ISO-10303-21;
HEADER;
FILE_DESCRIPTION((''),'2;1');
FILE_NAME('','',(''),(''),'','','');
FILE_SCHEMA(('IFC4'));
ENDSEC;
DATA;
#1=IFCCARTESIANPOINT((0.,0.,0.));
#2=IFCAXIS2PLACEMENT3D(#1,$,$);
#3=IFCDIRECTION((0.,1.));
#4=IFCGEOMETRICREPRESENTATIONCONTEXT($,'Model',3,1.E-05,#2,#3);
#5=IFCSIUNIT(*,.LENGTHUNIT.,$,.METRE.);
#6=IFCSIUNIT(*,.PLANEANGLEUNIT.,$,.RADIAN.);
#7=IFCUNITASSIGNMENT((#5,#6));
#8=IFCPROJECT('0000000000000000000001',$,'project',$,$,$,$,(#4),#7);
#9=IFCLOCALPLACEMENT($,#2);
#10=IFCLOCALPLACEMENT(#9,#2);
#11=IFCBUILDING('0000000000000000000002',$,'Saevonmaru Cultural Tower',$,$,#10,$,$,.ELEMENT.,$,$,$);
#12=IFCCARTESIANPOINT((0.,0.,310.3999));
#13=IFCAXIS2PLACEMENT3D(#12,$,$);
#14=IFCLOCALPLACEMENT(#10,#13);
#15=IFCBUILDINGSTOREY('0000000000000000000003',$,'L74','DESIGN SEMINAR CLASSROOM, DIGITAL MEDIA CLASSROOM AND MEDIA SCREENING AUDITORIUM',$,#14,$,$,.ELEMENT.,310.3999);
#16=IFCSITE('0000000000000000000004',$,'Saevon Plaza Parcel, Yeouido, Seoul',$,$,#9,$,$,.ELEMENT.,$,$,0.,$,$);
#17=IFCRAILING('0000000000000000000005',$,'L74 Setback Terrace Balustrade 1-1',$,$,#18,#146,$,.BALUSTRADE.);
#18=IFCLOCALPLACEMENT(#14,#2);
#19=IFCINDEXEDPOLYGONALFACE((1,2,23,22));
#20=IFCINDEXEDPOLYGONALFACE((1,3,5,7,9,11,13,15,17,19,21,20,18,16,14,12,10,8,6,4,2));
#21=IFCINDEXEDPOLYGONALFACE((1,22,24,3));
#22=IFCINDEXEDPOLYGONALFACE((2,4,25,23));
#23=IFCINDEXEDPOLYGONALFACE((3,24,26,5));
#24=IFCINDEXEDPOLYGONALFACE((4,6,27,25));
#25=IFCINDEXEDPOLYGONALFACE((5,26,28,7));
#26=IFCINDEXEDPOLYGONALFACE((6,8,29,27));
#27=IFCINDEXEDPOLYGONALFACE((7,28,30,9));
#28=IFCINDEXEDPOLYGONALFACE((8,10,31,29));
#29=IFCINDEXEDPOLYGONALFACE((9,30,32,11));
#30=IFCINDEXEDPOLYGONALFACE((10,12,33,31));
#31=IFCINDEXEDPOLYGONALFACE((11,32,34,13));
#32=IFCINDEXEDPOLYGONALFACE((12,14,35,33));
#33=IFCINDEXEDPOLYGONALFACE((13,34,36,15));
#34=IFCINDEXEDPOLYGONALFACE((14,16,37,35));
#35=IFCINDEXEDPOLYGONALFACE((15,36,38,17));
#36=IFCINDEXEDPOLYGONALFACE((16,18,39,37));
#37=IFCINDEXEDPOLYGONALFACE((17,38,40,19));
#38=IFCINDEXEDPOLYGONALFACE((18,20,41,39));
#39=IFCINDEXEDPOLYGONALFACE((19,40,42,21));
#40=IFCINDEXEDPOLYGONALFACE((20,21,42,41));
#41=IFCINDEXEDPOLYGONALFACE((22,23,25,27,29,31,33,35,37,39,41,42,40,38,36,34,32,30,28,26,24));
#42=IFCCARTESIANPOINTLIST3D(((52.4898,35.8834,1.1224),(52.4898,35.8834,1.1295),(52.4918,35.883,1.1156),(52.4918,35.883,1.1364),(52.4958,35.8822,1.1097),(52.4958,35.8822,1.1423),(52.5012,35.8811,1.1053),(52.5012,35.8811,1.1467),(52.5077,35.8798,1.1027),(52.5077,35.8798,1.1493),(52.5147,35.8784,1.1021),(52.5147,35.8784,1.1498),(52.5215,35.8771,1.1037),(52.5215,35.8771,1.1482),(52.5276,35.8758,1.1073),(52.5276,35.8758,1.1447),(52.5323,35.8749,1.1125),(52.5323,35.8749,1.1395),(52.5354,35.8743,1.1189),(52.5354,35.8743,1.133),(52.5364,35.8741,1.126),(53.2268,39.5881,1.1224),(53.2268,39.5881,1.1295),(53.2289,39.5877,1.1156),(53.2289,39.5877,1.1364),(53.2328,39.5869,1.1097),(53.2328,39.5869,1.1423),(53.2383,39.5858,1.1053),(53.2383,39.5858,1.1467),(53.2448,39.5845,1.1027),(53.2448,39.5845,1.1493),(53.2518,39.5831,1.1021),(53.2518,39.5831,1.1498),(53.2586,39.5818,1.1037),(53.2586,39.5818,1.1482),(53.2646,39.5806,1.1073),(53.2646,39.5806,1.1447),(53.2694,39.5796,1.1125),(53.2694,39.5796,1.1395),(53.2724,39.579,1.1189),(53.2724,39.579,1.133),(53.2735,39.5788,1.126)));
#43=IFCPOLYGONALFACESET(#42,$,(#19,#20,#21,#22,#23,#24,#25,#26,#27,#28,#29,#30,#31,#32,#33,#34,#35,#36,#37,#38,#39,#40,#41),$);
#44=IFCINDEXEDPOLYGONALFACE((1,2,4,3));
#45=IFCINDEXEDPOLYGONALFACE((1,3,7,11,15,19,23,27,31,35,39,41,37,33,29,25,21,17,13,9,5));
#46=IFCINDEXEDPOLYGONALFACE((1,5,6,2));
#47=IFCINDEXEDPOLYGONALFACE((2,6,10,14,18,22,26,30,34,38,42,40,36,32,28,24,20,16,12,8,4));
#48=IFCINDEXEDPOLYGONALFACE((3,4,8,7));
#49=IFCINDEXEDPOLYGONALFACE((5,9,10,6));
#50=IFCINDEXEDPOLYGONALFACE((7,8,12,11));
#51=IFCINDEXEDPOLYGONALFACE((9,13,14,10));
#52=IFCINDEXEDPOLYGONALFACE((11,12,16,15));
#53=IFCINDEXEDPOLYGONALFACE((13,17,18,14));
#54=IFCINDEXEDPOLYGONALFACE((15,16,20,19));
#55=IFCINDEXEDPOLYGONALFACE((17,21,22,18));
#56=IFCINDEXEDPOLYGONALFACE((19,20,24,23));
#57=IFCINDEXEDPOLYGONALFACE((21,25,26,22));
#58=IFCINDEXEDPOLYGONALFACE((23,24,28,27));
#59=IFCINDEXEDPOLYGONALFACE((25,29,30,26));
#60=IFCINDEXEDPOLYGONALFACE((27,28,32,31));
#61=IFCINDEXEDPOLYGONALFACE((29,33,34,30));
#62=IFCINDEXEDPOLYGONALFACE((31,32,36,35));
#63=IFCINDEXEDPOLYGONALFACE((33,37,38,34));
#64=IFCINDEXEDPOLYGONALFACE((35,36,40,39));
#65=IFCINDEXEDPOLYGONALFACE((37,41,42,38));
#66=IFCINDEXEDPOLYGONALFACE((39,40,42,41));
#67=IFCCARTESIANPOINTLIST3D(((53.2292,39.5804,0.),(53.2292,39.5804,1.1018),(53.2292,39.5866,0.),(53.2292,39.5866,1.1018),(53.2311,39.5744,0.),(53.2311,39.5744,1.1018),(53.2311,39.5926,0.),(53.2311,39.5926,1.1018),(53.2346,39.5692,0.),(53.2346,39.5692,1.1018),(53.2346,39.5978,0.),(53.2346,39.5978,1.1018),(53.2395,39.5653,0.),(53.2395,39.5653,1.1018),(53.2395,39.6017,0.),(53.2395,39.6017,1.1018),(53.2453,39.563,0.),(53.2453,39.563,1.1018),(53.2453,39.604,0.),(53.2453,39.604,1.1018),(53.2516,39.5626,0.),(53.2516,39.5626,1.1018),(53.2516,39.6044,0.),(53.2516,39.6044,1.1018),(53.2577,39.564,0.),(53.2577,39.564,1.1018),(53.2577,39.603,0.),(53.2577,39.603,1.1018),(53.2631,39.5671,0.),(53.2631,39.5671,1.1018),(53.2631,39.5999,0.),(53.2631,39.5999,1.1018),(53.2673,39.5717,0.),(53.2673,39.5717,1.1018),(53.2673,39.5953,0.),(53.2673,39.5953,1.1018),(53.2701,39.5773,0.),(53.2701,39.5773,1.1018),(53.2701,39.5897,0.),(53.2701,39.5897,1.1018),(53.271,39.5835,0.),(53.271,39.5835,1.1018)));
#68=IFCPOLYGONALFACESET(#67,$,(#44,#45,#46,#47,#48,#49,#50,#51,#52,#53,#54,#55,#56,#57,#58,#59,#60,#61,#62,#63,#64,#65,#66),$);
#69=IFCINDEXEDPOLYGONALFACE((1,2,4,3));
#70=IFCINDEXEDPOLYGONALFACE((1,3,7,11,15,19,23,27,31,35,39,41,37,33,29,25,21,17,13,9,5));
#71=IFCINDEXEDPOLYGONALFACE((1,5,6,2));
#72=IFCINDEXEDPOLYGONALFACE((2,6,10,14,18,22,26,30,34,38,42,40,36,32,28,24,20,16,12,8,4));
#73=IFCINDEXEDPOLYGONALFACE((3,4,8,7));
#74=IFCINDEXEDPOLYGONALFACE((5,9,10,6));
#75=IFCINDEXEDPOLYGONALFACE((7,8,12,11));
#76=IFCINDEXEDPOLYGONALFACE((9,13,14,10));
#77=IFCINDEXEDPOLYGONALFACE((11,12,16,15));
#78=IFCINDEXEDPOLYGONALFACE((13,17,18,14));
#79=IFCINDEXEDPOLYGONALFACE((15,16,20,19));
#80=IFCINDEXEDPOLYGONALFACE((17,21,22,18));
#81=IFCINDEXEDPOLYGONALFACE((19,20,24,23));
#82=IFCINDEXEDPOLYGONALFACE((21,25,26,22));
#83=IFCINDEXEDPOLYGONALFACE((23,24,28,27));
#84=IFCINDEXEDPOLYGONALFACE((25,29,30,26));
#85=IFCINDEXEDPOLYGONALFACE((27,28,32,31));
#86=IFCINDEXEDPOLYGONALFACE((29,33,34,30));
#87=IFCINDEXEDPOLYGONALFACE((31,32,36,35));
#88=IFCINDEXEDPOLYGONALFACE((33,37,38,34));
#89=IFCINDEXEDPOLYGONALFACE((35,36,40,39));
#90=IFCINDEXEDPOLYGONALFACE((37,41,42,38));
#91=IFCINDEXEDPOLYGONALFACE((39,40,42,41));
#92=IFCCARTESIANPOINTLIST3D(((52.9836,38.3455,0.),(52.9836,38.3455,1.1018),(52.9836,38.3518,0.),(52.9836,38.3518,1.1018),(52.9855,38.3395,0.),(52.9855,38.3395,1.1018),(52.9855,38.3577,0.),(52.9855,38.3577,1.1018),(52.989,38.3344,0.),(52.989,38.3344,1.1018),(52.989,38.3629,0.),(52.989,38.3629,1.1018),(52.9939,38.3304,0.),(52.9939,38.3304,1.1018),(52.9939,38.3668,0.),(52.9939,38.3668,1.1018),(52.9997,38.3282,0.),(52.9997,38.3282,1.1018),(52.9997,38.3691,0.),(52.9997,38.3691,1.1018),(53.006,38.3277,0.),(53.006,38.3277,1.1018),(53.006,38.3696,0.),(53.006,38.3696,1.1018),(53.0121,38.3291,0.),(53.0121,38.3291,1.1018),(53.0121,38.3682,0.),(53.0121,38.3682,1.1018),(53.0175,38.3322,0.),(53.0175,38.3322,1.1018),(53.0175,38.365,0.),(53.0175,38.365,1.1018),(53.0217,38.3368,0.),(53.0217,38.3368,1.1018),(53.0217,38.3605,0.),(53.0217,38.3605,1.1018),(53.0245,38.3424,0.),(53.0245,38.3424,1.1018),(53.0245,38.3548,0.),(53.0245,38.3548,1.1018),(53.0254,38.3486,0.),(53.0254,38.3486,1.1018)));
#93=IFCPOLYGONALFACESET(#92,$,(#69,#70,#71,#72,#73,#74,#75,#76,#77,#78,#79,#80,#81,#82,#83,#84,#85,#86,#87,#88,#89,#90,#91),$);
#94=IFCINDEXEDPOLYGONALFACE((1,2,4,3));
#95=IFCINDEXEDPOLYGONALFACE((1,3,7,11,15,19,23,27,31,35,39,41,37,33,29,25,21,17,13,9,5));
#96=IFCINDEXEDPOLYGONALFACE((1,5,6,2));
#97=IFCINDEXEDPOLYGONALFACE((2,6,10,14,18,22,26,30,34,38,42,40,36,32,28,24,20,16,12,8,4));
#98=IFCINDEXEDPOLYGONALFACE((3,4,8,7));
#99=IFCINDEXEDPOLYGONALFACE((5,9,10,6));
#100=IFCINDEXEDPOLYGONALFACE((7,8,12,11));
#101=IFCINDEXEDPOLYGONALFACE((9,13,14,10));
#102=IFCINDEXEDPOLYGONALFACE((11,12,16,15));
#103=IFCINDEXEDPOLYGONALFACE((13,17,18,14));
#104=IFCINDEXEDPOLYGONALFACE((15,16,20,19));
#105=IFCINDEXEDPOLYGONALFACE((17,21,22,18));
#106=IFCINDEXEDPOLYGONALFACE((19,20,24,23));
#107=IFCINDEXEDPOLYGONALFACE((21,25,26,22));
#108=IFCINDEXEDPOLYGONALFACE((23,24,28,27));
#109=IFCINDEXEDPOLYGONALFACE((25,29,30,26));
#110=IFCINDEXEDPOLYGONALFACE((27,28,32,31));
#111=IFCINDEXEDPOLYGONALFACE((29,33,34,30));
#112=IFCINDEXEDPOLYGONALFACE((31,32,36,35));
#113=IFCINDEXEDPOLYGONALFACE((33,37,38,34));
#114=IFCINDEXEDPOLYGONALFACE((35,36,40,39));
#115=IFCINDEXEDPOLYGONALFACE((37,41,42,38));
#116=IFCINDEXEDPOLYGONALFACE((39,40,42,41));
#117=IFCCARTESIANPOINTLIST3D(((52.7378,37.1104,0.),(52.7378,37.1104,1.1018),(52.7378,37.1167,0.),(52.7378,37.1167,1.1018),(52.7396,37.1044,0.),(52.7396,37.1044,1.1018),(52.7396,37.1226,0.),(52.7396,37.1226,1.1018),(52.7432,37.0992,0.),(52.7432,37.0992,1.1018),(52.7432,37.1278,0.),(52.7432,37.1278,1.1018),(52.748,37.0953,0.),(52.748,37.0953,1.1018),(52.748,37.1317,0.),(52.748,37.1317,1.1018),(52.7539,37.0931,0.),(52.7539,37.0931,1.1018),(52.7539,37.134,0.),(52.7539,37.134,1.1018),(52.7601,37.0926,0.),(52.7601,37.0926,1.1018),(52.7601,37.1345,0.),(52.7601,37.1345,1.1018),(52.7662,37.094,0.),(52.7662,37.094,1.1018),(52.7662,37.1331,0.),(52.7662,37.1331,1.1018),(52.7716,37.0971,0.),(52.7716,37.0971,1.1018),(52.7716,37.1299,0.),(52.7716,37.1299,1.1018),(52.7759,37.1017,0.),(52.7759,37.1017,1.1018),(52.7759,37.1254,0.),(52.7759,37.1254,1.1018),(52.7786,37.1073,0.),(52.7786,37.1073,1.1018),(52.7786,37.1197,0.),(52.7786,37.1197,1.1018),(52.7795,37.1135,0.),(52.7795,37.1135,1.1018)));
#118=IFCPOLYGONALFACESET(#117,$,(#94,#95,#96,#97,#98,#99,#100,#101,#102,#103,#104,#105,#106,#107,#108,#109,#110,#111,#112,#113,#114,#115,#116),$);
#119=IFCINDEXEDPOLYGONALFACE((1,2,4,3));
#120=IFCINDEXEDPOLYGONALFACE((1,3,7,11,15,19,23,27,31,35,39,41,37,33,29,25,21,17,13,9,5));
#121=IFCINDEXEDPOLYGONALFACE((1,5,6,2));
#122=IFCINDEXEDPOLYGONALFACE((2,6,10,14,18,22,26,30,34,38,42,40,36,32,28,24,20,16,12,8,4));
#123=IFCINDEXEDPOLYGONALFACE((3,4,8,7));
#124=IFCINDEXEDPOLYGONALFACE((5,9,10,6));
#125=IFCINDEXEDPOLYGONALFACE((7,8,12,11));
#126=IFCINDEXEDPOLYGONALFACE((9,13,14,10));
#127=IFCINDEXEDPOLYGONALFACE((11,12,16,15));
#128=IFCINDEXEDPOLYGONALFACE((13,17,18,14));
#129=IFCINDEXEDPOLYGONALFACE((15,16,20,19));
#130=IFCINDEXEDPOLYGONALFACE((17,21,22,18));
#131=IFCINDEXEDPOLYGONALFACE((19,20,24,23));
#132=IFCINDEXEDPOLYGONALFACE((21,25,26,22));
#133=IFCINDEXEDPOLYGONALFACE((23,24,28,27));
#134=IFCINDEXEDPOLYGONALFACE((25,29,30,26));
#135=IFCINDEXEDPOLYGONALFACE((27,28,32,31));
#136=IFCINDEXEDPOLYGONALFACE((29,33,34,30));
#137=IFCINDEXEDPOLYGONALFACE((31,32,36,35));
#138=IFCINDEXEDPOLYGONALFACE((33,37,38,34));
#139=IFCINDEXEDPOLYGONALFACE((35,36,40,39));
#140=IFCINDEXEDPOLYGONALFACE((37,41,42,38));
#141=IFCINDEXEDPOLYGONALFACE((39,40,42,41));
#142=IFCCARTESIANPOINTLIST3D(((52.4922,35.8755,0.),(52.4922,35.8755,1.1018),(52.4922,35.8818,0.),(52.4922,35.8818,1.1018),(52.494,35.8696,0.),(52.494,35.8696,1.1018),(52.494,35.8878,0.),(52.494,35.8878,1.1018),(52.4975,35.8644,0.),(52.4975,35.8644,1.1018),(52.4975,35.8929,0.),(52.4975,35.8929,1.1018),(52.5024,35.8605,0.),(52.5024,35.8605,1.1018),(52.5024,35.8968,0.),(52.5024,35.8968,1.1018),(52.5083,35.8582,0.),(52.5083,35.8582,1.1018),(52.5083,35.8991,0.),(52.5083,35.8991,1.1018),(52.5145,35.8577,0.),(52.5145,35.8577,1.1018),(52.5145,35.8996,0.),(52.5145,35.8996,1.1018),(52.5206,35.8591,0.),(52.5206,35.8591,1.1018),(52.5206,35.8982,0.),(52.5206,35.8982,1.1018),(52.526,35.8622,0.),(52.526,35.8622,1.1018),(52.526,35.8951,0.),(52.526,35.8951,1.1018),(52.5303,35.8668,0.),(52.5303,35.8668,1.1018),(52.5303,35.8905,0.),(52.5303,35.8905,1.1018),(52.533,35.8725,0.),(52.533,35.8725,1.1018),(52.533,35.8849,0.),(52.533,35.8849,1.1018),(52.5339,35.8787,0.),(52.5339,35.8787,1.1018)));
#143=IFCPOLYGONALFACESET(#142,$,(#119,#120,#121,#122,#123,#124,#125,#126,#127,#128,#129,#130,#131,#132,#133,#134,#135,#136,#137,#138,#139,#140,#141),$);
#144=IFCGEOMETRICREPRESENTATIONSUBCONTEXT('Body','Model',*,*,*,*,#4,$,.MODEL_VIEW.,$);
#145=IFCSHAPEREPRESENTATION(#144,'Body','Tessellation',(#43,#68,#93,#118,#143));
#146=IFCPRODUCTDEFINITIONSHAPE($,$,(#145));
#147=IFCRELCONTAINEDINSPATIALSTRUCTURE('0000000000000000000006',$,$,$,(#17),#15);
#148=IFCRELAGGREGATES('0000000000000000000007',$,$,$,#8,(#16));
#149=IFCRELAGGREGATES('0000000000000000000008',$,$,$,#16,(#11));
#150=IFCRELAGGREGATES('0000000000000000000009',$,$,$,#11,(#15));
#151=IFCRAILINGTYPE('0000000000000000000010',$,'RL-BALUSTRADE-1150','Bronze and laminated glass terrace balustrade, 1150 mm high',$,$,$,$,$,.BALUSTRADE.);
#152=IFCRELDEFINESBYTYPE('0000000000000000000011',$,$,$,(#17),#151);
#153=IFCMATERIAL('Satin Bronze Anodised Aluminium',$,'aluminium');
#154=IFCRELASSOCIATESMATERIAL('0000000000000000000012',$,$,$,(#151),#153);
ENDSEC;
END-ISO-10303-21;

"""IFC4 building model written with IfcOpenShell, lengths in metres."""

from ifc_helpers import new_model, si_unit, direction, frame, origin, origin_2d, place, context, subcontext, project, spatial, circle, extrude, material, type_object, element, save


model = new_model("IFC4")

# Units and contexts
model_context = context("Model", 3, precision=1e-05, world=origin(), true_north=direction((0.0, 1.0)))
body_context = subcontext(model_context, "Body", "Model", "MODEL_VIEW")
ifc_project = project(units=[si_unit("LENGTHUNIT", "METRE"), si_unit("PLANEANGLEUNIT", "RADIAN")], contexts=[model_context])

# Site, building, storey
site_placement = place(None, origin())
site = spatial("IfcSite", under=ifc_project, at=site_placement, Name="Saevon Plaza Parcel, Yeouido, Seoul", CompositionType="ELEMENT", RefElevation=0.0)
building_placement = place(site_placement, origin())
building = spatial("IfcBuilding", under=site, at=building_placement, Name="Saevonmaru Cultural Tower", CompositionType="ELEMENT")
storey_placement = place(building_placement, frame((0.0, 0.0, 310.3999)))
storey = spatial("IfcBuildingStorey", under=building, at=storey_placement, Name="L74", Description="DESIGN SEMINAR CLASSROOM, DIGITAL MEDIA CLASSROOM AND MEDIA SCREENING AUDITORIUM", CompositionType="ELEMENT", Elevation=310.3999)

# Shared definitions
ifc_material_1 = material(Name="Satin Bronze Anodised Aluminium", Category="aluminium")

# Railing
railing_type_1 = type_object("IfcRailingType", Name="RL-BALUSTRADE-1150", Description="Bronze and laminated glass terrace balustrade, 1150 mm high", PredefinedType="BALUSTRADE", material=ifc_material_1)
railing_1_placement = place(storey_placement, frame((53.25, 39.5835, 0.0)))
element("IfcRailing", 1, at=railing_1_placement, inside=storey, type_object=railing_type_1, Name="L74 Setback Terrace Balustrade 1-1", PredefinedType="BALUSTRADE", context=body_context, shape_type="SweptSolid", body=[
    extrude(circle(Radius=0.0239, at=origin_2d()), frame((0.0, 0.0, 1.126), z_axis=(-0.195122, -0.980779, 0.0), x_axis=(0.980779, -0.195122, 0.0)), (0.0, 0.0, 1.0), 3.7773),
    extrude(circle(Radius=0.021, at=origin_2d()), origin(), (0.0, 0.0, 1.0), 1.1018),
    extrude(circle(Radius=0.021, at=origin_2d()), frame((-0.2456, -1.2349, 0.0)), (0.0, 0.0, 1.0), 1.1018),
    extrude(circle(Radius=0.021, at=origin_2d()), frame((-0.4915, -2.47, 0.0)), (0.0, 0.0, 1.0), 1.1018),
    extrude(circle(Radius=0.021, at=origin_2d()), frame((-0.7371, -3.7048, 0.0)), (0.0, 0.0, 1.0), 1.1018),
])

save(model, "model.ifc")
